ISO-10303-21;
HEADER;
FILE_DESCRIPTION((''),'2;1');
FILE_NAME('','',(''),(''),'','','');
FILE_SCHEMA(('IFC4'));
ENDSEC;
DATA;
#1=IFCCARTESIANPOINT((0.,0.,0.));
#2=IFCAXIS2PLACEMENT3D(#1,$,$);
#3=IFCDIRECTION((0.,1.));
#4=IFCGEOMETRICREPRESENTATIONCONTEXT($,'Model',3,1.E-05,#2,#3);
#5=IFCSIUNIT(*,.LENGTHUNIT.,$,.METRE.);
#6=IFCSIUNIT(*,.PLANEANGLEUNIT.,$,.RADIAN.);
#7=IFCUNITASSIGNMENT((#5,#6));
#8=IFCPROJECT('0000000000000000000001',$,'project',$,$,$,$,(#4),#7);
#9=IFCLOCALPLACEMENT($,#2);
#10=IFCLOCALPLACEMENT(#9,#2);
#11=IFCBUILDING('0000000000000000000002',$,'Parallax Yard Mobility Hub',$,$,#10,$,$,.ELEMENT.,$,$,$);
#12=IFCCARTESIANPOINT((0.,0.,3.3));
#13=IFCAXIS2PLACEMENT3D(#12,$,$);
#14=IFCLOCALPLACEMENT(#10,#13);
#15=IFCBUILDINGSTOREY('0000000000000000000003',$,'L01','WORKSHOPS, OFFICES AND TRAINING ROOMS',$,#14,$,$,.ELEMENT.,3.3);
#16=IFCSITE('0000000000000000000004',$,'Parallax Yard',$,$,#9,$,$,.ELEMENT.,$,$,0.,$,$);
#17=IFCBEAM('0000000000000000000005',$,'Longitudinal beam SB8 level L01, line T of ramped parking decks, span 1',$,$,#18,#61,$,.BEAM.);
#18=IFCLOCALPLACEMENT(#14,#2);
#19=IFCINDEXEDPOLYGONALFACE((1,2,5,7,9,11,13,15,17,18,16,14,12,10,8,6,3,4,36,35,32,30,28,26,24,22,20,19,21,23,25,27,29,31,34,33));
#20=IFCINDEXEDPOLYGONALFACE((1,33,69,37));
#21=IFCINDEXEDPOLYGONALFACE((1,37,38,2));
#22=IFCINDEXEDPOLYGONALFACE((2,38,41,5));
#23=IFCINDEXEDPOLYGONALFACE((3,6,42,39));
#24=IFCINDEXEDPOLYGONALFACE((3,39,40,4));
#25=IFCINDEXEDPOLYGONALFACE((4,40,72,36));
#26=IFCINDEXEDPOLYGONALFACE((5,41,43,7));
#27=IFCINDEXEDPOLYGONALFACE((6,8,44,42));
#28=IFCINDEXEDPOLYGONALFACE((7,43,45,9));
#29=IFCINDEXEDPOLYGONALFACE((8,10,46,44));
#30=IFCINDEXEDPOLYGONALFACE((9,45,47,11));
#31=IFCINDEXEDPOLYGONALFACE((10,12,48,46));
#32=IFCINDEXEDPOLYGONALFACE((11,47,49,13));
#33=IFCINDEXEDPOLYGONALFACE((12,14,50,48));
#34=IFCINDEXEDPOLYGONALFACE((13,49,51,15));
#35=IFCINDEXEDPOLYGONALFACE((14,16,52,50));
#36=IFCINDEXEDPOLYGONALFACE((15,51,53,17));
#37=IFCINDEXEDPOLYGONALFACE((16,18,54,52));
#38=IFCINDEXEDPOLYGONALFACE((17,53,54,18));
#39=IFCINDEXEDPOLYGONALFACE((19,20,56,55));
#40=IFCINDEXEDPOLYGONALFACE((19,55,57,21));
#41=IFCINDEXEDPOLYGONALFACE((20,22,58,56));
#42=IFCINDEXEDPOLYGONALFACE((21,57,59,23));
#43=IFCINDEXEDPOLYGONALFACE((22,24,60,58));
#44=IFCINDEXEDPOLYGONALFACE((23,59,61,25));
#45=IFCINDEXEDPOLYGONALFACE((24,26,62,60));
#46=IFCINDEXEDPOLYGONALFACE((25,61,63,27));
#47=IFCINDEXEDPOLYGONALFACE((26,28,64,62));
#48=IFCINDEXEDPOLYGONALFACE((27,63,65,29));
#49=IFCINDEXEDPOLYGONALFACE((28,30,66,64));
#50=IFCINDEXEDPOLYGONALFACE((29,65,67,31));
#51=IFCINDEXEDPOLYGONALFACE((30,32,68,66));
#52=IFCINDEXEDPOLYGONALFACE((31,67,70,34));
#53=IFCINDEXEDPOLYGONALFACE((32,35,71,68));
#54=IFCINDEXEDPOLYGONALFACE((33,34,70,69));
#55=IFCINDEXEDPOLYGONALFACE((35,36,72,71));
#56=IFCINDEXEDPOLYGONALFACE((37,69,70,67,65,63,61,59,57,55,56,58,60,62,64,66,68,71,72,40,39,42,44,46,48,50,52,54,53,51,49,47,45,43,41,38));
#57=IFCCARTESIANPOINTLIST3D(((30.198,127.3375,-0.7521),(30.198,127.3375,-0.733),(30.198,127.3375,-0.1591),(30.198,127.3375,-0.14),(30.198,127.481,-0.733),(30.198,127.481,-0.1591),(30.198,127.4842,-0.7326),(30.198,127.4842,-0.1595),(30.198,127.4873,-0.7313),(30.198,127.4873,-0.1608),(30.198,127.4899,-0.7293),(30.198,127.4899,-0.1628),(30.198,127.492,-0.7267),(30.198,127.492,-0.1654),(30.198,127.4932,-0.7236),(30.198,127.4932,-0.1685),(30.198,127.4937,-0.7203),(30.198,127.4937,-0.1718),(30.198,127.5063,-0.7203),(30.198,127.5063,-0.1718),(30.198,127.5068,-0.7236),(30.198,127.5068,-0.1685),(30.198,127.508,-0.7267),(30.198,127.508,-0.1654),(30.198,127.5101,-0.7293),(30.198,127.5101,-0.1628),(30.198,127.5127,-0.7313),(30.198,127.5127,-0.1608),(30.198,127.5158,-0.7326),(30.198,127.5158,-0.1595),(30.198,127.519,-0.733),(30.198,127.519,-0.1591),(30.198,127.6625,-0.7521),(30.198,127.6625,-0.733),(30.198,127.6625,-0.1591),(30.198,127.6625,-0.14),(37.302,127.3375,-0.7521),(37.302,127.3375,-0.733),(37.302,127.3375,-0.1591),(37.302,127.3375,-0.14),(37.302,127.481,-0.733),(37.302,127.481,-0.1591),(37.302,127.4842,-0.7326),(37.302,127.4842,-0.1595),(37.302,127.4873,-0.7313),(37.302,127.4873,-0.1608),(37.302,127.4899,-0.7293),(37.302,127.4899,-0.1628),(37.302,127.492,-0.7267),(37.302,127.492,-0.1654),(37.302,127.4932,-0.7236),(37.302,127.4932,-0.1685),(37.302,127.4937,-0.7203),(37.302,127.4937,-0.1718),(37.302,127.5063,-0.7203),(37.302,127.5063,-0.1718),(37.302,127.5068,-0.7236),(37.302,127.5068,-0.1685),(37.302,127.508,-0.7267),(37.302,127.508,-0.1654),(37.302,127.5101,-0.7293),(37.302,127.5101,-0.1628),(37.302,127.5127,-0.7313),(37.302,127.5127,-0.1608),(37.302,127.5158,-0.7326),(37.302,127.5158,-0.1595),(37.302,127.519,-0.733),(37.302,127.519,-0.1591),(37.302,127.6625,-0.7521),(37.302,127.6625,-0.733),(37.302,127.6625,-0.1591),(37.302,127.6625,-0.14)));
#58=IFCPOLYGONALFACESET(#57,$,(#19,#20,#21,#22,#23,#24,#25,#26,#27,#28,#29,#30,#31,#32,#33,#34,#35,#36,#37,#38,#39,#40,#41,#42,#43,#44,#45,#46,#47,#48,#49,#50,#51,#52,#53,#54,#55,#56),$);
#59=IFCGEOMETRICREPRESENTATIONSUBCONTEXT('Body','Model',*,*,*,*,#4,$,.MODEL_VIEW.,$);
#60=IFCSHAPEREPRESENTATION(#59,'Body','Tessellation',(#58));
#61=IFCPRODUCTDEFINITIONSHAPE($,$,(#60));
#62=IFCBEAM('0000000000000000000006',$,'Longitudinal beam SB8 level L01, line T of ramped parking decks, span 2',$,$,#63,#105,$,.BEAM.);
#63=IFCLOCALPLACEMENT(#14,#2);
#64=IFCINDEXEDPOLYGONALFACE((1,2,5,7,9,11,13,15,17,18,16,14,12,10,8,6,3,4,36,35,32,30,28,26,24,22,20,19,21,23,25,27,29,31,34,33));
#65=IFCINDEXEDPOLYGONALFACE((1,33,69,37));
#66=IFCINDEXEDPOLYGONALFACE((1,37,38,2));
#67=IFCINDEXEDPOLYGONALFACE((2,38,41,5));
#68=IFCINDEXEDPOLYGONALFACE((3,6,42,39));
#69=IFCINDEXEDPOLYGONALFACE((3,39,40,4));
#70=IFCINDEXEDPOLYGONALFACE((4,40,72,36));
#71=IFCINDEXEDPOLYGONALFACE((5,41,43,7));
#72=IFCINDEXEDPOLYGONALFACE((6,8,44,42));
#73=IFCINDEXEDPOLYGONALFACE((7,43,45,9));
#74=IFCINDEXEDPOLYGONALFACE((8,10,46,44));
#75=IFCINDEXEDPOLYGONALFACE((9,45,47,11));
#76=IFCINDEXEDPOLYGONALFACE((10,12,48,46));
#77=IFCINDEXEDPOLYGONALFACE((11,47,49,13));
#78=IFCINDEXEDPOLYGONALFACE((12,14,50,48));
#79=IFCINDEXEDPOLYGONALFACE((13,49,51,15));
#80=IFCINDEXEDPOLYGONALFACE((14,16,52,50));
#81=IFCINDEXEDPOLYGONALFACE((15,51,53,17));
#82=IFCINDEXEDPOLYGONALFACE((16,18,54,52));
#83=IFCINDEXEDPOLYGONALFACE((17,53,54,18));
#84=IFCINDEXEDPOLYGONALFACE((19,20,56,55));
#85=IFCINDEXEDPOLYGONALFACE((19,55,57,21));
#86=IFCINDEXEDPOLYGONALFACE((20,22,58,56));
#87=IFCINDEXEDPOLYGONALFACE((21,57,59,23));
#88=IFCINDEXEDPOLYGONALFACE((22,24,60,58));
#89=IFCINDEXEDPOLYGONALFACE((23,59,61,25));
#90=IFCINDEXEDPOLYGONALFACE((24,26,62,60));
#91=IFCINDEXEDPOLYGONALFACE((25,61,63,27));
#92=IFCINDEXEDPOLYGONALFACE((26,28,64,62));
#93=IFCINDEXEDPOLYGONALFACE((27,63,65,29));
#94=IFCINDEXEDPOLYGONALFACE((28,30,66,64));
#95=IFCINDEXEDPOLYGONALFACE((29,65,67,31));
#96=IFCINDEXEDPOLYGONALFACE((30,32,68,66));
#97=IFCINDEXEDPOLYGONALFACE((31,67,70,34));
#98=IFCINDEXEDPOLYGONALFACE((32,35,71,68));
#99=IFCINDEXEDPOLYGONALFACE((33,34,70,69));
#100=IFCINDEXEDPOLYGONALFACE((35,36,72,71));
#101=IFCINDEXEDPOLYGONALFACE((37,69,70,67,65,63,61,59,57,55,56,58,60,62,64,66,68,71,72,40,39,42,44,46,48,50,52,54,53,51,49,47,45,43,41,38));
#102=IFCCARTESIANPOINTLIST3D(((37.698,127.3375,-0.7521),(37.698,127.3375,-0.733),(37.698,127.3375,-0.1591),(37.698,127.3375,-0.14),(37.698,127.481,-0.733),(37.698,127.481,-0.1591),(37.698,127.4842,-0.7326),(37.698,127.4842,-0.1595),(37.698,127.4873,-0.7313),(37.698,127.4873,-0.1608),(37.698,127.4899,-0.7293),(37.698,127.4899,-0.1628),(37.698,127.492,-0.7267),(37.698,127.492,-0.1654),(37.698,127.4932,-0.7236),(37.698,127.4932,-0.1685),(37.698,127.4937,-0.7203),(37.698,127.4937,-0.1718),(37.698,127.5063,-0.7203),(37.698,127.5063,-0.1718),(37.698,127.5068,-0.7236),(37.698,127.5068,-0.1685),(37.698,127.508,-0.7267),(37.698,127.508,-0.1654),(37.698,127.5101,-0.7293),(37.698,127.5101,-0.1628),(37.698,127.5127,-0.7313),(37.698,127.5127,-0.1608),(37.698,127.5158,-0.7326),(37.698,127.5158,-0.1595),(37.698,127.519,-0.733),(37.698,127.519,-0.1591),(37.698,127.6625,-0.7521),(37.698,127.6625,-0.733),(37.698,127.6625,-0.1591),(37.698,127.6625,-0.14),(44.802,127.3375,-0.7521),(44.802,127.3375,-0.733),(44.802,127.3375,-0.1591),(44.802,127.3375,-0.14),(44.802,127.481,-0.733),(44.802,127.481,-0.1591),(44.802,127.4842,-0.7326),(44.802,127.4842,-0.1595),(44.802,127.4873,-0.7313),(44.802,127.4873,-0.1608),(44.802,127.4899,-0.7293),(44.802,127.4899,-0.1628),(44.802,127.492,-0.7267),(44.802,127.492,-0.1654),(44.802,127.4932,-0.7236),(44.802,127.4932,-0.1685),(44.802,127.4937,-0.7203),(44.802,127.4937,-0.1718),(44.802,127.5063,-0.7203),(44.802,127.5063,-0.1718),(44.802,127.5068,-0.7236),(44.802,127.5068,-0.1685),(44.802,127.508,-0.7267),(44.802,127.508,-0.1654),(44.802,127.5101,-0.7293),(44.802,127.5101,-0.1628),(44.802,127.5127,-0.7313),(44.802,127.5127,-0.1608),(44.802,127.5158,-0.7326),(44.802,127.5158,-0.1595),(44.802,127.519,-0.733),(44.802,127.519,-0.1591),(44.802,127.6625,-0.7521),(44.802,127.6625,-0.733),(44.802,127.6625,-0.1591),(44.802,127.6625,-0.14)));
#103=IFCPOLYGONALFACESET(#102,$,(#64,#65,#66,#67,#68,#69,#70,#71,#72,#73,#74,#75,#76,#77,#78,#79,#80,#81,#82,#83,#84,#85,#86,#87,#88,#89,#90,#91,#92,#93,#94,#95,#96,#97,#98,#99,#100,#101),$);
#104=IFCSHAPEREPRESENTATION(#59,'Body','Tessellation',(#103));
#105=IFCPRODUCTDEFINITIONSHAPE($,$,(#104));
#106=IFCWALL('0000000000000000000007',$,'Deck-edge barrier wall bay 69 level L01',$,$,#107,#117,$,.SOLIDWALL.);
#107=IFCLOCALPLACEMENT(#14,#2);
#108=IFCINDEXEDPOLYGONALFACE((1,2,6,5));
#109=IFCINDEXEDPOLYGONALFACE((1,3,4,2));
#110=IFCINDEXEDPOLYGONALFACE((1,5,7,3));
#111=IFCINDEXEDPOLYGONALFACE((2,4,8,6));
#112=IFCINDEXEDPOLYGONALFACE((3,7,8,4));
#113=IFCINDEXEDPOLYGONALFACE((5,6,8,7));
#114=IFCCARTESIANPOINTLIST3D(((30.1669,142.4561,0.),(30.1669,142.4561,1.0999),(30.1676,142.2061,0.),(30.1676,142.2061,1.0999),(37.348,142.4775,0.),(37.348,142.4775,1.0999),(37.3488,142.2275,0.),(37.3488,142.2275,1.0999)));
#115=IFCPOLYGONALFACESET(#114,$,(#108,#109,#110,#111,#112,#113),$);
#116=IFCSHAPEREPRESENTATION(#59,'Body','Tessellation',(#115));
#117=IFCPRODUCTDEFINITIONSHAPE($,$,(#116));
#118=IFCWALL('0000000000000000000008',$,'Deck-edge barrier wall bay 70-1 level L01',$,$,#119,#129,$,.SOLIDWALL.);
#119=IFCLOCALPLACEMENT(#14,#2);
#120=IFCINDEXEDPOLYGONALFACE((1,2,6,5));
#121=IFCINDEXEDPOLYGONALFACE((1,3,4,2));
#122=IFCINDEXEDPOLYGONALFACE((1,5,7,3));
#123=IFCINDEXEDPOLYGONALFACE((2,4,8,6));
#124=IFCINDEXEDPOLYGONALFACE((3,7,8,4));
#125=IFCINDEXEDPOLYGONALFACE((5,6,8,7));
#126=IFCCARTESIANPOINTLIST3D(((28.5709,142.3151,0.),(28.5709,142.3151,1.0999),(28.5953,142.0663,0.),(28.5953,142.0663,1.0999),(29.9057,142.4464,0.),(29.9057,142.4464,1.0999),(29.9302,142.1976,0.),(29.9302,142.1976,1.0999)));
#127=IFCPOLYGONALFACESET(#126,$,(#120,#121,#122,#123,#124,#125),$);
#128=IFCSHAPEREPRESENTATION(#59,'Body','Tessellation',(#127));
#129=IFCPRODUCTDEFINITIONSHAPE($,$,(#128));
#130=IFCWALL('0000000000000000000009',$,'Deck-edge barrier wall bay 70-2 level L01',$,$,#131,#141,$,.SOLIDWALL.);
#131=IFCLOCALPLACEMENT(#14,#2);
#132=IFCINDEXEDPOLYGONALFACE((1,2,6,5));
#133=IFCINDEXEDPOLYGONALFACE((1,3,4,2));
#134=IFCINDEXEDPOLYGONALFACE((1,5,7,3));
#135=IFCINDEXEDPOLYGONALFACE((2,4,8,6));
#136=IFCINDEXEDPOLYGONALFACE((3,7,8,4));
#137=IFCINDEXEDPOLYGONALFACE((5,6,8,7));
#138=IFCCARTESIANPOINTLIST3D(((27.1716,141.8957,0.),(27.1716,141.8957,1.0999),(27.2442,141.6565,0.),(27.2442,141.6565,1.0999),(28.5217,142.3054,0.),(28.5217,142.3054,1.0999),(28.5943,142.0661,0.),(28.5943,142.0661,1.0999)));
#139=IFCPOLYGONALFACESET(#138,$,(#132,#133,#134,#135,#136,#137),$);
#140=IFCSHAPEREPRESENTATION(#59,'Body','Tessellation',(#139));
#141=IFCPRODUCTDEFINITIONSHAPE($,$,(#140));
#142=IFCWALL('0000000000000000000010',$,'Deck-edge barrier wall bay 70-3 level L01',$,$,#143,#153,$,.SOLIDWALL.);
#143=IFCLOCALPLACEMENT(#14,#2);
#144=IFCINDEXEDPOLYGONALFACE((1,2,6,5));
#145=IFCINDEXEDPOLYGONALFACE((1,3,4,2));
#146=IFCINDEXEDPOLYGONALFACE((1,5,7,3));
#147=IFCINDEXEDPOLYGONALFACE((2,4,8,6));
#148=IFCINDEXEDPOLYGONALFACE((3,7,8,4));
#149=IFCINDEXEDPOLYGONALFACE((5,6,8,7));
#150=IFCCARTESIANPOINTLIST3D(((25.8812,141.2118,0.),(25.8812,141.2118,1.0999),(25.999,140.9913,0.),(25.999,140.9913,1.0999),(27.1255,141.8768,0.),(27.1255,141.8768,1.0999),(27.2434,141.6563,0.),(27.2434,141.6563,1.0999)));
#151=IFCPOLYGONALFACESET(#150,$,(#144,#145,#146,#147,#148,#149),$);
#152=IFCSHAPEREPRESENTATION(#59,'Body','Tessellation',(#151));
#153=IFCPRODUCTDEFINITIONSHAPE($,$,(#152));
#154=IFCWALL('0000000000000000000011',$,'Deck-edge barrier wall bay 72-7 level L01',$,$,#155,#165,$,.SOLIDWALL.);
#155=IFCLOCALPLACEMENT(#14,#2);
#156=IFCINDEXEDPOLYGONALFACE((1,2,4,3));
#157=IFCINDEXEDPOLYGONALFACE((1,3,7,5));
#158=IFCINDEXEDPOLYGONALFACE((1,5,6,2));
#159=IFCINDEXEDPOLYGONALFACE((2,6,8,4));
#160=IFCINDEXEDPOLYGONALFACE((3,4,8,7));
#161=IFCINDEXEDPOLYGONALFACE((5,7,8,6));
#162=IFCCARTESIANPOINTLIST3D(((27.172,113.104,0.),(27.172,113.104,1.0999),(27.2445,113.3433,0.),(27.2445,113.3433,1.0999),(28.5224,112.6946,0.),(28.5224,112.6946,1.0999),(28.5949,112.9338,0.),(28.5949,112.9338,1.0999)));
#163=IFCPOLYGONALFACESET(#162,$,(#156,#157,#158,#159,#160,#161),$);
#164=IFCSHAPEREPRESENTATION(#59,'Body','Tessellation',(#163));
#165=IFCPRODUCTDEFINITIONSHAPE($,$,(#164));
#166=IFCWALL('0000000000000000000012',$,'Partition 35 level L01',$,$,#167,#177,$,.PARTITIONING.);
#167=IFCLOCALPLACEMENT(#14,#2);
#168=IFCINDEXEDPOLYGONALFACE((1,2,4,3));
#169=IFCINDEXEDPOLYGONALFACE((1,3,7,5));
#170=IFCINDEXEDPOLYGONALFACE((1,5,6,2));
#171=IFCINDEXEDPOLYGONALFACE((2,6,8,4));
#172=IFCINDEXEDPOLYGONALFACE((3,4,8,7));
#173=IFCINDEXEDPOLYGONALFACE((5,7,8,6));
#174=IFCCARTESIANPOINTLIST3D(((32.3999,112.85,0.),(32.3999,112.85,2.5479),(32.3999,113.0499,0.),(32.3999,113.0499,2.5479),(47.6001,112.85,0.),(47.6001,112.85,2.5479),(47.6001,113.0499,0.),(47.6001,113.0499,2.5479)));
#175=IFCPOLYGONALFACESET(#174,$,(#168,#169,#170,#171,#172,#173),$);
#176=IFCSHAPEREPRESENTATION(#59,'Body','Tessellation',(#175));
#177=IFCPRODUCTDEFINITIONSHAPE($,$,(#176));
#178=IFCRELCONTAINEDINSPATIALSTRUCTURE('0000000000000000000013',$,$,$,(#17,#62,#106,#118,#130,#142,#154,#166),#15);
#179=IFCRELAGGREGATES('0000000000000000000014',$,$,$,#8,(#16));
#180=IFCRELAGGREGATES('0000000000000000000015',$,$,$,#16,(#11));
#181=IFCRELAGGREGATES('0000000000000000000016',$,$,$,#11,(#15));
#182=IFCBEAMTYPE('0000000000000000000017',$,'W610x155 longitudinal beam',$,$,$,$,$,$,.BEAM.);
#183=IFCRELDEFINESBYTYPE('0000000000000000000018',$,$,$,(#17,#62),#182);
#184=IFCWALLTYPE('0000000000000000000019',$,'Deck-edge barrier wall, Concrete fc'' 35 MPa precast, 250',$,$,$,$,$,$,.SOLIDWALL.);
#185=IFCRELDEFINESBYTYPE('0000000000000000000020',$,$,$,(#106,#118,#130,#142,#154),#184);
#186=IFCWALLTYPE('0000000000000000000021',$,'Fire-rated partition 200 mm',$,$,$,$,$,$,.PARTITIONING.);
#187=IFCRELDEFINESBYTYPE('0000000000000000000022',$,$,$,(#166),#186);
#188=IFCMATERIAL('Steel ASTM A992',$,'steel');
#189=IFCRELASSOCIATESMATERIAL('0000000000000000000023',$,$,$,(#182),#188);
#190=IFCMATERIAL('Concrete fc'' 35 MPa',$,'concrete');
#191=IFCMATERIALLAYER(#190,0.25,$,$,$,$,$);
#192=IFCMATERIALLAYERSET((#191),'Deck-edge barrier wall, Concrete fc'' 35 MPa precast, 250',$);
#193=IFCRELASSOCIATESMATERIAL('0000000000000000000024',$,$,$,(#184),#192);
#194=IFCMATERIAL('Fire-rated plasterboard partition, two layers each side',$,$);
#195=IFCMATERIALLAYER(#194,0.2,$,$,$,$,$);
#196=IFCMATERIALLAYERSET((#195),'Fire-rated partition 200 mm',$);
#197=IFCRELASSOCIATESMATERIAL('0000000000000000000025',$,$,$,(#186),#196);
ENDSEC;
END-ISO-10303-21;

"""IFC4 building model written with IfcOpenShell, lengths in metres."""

from ifc_helpers import new_model, si_unit, direction, frame, frame_2d, origin, origin_2d, place, context, subcontext, project, spatial, rectangle, i_section, extrude, material, layer, layer_set, material_profile, profile_set, type_object, element, save


model = new_model("IFC4")

# Units and contexts
model_context = context("Model", 3, precision=1e-05, world=origin(), true_north=direction((0.0, 1.0)))
body_context = subcontext(model_context, "Body", "Model", "MODEL_VIEW")
ifc_project = project(units=[si_unit("LENGTHUNIT", "METRE"), si_unit("PLANEANGLEUNIT", "RADIAN")], contexts=[model_context])

# Site, building, storey
site_placement = place(None, origin())
site = spatial("IfcSite", under=ifc_project, at=site_placement, Name="Parallax Yard", CompositionType="ELEMENT", RefElevation=0.0)
building_placement = place(site_placement, origin())
building = spatial("IfcBuilding", under=site, at=building_placement, Name="Parallax Yard Mobility Hub", CompositionType="ELEMENT")
storey_placement = place(building_placement, frame((0.0, 0.0, 3.3)))
storey = spatial("IfcBuildingStorey", under=building, at=storey_placement, Name="L01", Description="WORKSHOPS, OFFICES AND TRAINING ROOMS", CompositionType="ELEMENT", Elevation=3.3)

# Shared definitions
ifc_material_1 = material(Name="Steel ASTM A992", Category="steel")

# Beams
ifc_material_profile_1 = material_profile(ifc_material_1, i_section(OverallWidth=0.325, OverallDepth=0.6121, WebThickness=0.0127, FlangeThickness=0.019, FilletRadius=0.0127, at=origin_2d()), Name="W610x155")
ifc_profile_set_1 = profile_set([ifc_material_profile_1], Name="Steel ASTM A992")
beam_type_1 = type_object("IfcBeamType", Name="W610x155 longitudinal beam", PredefinedType="BEAM", material=ifc_profile_set_1)
for number, where, z_axis, x_axis, name in (
    (1, (30.198, 127.5, -0.446), (1.0, 0.0, 0.0), (0.0, 1.0, 0.0), "Longitudinal beam SB8 level L01, line T of ramped parking decks, span 1"),
    (2, (37.698, 127.5, -0.446), (1.0, 0.0, 0.0), (0.0, 1.0, 0.0), "Longitudinal beam SB8 level L01, line T of ramped parking decks, span 2"),
):
    element("IfcBeam", number, at=place(storey_placement, frame(where, z_axis=z_axis, x_axis=x_axis)), inside=storey, type_object=beam_type_1, Name=name, PredefinedType="BEAM", context=body_context, shape_type="SweptSolid", body=[
        extrude(i_section(OverallWidth=0.325, OverallDepth=0.6121, WebThickness=0.0127, FlangeThickness=0.019, FilletRadius=0.0127, at=origin_2d()), origin(), (0.0, 0.0, 1.0), 7.104),
    ])

# Walls
ifc_material_2 = material(Name="Concrete fc' 35 MPa", Category="concrete")
ifc_layer_1 = layer(ifc_material_2, 0.25)
ifc_layer_set_1 = layer_set([ifc_layer_1], Name="Deck-edge barrier wall, Concrete fc' 35 MPa precast, 250")
wall_type_1 = type_object("IfcWallType", Name="Deck-edge barrier wall, Concrete fc' 35 MPa precast, 250", PredefinedType="SOLIDWALL", material=ifc_layer_set_1)
wall_1_placement = place(storey_placement, frame((37.3484, 142.3525, 0.0), z_axis=(0.0, 0.0, 1.0), x_axis=(-0.999996, -0.002992, 0.0)))
element("IfcWall", 3, at=wall_1_placement, inside=storey, type_object=wall_type_1, Name="Deck-edge barrier wall bay 69 level L01", PredefinedType="SOLIDWALL", context=body_context, shape_type="SweptSolid", body=[
    extrude(rectangle(XDim=7.1812, YDim=0.25, at=frame_2d((3.5906, 0.0))), origin(), (0.0, 0.0, 1.0), 1.0999),
])
wall_2_placement = place(storey_placement, frame((29.918, 142.322, 0.0), z_axis=(0.0, 0.0, 1.0), x_axis=(-0.995195, -0.097918, 0.0)))
element("IfcWall", 4, at=wall_2_placement, inside=storey, type_object=wall_type_1, Name="Deck-edge barrier wall bay 70-1 level L01", PredefinedType="SOLIDWALL", context=body_context, shape_type="SweptSolid", body=[
    extrude(rectangle(XDim=1.3413, YDim=0.25, at=frame_2d((0.6707, 0.0))), origin(), (0.0, 0.0, 1.0), 1.0999),
])
for number, where, z_axis, x_axis, name in (
    (5, (28.5581, 142.1858, 0.0), (0.0, 0.0, 1.0), (-0.956917, -0.290363, 0.0), "Deck-edge barrier wall bay 70-2 level L01"),
    (6, (27.1846, 141.7666, 0.0), (0.0, 0.0, 1.0), (-0.88195, -0.471342, 0.0), "Deck-edge barrier wall bay 70-3 level L01"),
):
    element("IfcWall", number, at=place(storey_placement, frame(where, z_axis=z_axis, x_axis=x_axis)), inside=storey, type_object=wall_type_1, Name=name, PredefinedType="SOLIDWALL", context=body_context, shape_type="SweptSolid", body=[
        extrude(rectangle(XDim=1.4109, YDim=0.25, at=frame_2d((0.7056, 0.0))), origin(), (0.0, 0.0, 1.0), 1.0999),
    ])
wall_3_placement = place(storey_placement, frame((27.2083, 113.2236, 0.0), z_axis=(0.0, 0.0, 1.0), x_axis=(0.956979, -0.290156, 0.0)))
element("IfcWall", 7, at=wall_3_placement, inside=storey, type_object=wall_type_1, Name="Deck-edge barrier wall bay 72-7 level L01", PredefinedType="SOLIDWALL", context=body_context, shape_type="SweptSolid", body=[
    extrude(rectangle(XDim=1.4111, YDim=0.25, at=frame_2d((0.7056, 0.0))), origin(), (0.0, 0.0, 1.0), 1.0999),
])
ifc_material_3 = material(Name="Fire-rated plasterboard partition, two layers each side")
ifc_layer_2 = layer(ifc_material_3, 0.2)
ifc_layer_set_2 = layer_set([ifc_layer_2], Name="Fire-rated partition 200 mm")
wall_type_2 = type_object("IfcWallType", Name="Fire-rated partition 200 mm", PredefinedType="PARTITIONING", material=ifc_layer_set_2)
wall_4_placement = place(storey_placement, frame((32.3999, 112.95, 0.0), z_axis=(0.0, 0.0, 1.0), x_axis=(1.0, 0.0, 0.0)))
element("IfcWall", 8, at=wall_4_placement, inside=storey, type_object=wall_type_2, Name="Partition 35 level L01", PredefinedType="PARTITIONING", context=body_context, shape_type="SweptSolid", body=[
    extrude(rectangle(XDim=15.2002, YDim=0.2, at=frame_2d((7.6001, 0.0))), origin(), (0.0, 0.0, 1.0), 2.5479),
])

save(model, "model.ifc")
